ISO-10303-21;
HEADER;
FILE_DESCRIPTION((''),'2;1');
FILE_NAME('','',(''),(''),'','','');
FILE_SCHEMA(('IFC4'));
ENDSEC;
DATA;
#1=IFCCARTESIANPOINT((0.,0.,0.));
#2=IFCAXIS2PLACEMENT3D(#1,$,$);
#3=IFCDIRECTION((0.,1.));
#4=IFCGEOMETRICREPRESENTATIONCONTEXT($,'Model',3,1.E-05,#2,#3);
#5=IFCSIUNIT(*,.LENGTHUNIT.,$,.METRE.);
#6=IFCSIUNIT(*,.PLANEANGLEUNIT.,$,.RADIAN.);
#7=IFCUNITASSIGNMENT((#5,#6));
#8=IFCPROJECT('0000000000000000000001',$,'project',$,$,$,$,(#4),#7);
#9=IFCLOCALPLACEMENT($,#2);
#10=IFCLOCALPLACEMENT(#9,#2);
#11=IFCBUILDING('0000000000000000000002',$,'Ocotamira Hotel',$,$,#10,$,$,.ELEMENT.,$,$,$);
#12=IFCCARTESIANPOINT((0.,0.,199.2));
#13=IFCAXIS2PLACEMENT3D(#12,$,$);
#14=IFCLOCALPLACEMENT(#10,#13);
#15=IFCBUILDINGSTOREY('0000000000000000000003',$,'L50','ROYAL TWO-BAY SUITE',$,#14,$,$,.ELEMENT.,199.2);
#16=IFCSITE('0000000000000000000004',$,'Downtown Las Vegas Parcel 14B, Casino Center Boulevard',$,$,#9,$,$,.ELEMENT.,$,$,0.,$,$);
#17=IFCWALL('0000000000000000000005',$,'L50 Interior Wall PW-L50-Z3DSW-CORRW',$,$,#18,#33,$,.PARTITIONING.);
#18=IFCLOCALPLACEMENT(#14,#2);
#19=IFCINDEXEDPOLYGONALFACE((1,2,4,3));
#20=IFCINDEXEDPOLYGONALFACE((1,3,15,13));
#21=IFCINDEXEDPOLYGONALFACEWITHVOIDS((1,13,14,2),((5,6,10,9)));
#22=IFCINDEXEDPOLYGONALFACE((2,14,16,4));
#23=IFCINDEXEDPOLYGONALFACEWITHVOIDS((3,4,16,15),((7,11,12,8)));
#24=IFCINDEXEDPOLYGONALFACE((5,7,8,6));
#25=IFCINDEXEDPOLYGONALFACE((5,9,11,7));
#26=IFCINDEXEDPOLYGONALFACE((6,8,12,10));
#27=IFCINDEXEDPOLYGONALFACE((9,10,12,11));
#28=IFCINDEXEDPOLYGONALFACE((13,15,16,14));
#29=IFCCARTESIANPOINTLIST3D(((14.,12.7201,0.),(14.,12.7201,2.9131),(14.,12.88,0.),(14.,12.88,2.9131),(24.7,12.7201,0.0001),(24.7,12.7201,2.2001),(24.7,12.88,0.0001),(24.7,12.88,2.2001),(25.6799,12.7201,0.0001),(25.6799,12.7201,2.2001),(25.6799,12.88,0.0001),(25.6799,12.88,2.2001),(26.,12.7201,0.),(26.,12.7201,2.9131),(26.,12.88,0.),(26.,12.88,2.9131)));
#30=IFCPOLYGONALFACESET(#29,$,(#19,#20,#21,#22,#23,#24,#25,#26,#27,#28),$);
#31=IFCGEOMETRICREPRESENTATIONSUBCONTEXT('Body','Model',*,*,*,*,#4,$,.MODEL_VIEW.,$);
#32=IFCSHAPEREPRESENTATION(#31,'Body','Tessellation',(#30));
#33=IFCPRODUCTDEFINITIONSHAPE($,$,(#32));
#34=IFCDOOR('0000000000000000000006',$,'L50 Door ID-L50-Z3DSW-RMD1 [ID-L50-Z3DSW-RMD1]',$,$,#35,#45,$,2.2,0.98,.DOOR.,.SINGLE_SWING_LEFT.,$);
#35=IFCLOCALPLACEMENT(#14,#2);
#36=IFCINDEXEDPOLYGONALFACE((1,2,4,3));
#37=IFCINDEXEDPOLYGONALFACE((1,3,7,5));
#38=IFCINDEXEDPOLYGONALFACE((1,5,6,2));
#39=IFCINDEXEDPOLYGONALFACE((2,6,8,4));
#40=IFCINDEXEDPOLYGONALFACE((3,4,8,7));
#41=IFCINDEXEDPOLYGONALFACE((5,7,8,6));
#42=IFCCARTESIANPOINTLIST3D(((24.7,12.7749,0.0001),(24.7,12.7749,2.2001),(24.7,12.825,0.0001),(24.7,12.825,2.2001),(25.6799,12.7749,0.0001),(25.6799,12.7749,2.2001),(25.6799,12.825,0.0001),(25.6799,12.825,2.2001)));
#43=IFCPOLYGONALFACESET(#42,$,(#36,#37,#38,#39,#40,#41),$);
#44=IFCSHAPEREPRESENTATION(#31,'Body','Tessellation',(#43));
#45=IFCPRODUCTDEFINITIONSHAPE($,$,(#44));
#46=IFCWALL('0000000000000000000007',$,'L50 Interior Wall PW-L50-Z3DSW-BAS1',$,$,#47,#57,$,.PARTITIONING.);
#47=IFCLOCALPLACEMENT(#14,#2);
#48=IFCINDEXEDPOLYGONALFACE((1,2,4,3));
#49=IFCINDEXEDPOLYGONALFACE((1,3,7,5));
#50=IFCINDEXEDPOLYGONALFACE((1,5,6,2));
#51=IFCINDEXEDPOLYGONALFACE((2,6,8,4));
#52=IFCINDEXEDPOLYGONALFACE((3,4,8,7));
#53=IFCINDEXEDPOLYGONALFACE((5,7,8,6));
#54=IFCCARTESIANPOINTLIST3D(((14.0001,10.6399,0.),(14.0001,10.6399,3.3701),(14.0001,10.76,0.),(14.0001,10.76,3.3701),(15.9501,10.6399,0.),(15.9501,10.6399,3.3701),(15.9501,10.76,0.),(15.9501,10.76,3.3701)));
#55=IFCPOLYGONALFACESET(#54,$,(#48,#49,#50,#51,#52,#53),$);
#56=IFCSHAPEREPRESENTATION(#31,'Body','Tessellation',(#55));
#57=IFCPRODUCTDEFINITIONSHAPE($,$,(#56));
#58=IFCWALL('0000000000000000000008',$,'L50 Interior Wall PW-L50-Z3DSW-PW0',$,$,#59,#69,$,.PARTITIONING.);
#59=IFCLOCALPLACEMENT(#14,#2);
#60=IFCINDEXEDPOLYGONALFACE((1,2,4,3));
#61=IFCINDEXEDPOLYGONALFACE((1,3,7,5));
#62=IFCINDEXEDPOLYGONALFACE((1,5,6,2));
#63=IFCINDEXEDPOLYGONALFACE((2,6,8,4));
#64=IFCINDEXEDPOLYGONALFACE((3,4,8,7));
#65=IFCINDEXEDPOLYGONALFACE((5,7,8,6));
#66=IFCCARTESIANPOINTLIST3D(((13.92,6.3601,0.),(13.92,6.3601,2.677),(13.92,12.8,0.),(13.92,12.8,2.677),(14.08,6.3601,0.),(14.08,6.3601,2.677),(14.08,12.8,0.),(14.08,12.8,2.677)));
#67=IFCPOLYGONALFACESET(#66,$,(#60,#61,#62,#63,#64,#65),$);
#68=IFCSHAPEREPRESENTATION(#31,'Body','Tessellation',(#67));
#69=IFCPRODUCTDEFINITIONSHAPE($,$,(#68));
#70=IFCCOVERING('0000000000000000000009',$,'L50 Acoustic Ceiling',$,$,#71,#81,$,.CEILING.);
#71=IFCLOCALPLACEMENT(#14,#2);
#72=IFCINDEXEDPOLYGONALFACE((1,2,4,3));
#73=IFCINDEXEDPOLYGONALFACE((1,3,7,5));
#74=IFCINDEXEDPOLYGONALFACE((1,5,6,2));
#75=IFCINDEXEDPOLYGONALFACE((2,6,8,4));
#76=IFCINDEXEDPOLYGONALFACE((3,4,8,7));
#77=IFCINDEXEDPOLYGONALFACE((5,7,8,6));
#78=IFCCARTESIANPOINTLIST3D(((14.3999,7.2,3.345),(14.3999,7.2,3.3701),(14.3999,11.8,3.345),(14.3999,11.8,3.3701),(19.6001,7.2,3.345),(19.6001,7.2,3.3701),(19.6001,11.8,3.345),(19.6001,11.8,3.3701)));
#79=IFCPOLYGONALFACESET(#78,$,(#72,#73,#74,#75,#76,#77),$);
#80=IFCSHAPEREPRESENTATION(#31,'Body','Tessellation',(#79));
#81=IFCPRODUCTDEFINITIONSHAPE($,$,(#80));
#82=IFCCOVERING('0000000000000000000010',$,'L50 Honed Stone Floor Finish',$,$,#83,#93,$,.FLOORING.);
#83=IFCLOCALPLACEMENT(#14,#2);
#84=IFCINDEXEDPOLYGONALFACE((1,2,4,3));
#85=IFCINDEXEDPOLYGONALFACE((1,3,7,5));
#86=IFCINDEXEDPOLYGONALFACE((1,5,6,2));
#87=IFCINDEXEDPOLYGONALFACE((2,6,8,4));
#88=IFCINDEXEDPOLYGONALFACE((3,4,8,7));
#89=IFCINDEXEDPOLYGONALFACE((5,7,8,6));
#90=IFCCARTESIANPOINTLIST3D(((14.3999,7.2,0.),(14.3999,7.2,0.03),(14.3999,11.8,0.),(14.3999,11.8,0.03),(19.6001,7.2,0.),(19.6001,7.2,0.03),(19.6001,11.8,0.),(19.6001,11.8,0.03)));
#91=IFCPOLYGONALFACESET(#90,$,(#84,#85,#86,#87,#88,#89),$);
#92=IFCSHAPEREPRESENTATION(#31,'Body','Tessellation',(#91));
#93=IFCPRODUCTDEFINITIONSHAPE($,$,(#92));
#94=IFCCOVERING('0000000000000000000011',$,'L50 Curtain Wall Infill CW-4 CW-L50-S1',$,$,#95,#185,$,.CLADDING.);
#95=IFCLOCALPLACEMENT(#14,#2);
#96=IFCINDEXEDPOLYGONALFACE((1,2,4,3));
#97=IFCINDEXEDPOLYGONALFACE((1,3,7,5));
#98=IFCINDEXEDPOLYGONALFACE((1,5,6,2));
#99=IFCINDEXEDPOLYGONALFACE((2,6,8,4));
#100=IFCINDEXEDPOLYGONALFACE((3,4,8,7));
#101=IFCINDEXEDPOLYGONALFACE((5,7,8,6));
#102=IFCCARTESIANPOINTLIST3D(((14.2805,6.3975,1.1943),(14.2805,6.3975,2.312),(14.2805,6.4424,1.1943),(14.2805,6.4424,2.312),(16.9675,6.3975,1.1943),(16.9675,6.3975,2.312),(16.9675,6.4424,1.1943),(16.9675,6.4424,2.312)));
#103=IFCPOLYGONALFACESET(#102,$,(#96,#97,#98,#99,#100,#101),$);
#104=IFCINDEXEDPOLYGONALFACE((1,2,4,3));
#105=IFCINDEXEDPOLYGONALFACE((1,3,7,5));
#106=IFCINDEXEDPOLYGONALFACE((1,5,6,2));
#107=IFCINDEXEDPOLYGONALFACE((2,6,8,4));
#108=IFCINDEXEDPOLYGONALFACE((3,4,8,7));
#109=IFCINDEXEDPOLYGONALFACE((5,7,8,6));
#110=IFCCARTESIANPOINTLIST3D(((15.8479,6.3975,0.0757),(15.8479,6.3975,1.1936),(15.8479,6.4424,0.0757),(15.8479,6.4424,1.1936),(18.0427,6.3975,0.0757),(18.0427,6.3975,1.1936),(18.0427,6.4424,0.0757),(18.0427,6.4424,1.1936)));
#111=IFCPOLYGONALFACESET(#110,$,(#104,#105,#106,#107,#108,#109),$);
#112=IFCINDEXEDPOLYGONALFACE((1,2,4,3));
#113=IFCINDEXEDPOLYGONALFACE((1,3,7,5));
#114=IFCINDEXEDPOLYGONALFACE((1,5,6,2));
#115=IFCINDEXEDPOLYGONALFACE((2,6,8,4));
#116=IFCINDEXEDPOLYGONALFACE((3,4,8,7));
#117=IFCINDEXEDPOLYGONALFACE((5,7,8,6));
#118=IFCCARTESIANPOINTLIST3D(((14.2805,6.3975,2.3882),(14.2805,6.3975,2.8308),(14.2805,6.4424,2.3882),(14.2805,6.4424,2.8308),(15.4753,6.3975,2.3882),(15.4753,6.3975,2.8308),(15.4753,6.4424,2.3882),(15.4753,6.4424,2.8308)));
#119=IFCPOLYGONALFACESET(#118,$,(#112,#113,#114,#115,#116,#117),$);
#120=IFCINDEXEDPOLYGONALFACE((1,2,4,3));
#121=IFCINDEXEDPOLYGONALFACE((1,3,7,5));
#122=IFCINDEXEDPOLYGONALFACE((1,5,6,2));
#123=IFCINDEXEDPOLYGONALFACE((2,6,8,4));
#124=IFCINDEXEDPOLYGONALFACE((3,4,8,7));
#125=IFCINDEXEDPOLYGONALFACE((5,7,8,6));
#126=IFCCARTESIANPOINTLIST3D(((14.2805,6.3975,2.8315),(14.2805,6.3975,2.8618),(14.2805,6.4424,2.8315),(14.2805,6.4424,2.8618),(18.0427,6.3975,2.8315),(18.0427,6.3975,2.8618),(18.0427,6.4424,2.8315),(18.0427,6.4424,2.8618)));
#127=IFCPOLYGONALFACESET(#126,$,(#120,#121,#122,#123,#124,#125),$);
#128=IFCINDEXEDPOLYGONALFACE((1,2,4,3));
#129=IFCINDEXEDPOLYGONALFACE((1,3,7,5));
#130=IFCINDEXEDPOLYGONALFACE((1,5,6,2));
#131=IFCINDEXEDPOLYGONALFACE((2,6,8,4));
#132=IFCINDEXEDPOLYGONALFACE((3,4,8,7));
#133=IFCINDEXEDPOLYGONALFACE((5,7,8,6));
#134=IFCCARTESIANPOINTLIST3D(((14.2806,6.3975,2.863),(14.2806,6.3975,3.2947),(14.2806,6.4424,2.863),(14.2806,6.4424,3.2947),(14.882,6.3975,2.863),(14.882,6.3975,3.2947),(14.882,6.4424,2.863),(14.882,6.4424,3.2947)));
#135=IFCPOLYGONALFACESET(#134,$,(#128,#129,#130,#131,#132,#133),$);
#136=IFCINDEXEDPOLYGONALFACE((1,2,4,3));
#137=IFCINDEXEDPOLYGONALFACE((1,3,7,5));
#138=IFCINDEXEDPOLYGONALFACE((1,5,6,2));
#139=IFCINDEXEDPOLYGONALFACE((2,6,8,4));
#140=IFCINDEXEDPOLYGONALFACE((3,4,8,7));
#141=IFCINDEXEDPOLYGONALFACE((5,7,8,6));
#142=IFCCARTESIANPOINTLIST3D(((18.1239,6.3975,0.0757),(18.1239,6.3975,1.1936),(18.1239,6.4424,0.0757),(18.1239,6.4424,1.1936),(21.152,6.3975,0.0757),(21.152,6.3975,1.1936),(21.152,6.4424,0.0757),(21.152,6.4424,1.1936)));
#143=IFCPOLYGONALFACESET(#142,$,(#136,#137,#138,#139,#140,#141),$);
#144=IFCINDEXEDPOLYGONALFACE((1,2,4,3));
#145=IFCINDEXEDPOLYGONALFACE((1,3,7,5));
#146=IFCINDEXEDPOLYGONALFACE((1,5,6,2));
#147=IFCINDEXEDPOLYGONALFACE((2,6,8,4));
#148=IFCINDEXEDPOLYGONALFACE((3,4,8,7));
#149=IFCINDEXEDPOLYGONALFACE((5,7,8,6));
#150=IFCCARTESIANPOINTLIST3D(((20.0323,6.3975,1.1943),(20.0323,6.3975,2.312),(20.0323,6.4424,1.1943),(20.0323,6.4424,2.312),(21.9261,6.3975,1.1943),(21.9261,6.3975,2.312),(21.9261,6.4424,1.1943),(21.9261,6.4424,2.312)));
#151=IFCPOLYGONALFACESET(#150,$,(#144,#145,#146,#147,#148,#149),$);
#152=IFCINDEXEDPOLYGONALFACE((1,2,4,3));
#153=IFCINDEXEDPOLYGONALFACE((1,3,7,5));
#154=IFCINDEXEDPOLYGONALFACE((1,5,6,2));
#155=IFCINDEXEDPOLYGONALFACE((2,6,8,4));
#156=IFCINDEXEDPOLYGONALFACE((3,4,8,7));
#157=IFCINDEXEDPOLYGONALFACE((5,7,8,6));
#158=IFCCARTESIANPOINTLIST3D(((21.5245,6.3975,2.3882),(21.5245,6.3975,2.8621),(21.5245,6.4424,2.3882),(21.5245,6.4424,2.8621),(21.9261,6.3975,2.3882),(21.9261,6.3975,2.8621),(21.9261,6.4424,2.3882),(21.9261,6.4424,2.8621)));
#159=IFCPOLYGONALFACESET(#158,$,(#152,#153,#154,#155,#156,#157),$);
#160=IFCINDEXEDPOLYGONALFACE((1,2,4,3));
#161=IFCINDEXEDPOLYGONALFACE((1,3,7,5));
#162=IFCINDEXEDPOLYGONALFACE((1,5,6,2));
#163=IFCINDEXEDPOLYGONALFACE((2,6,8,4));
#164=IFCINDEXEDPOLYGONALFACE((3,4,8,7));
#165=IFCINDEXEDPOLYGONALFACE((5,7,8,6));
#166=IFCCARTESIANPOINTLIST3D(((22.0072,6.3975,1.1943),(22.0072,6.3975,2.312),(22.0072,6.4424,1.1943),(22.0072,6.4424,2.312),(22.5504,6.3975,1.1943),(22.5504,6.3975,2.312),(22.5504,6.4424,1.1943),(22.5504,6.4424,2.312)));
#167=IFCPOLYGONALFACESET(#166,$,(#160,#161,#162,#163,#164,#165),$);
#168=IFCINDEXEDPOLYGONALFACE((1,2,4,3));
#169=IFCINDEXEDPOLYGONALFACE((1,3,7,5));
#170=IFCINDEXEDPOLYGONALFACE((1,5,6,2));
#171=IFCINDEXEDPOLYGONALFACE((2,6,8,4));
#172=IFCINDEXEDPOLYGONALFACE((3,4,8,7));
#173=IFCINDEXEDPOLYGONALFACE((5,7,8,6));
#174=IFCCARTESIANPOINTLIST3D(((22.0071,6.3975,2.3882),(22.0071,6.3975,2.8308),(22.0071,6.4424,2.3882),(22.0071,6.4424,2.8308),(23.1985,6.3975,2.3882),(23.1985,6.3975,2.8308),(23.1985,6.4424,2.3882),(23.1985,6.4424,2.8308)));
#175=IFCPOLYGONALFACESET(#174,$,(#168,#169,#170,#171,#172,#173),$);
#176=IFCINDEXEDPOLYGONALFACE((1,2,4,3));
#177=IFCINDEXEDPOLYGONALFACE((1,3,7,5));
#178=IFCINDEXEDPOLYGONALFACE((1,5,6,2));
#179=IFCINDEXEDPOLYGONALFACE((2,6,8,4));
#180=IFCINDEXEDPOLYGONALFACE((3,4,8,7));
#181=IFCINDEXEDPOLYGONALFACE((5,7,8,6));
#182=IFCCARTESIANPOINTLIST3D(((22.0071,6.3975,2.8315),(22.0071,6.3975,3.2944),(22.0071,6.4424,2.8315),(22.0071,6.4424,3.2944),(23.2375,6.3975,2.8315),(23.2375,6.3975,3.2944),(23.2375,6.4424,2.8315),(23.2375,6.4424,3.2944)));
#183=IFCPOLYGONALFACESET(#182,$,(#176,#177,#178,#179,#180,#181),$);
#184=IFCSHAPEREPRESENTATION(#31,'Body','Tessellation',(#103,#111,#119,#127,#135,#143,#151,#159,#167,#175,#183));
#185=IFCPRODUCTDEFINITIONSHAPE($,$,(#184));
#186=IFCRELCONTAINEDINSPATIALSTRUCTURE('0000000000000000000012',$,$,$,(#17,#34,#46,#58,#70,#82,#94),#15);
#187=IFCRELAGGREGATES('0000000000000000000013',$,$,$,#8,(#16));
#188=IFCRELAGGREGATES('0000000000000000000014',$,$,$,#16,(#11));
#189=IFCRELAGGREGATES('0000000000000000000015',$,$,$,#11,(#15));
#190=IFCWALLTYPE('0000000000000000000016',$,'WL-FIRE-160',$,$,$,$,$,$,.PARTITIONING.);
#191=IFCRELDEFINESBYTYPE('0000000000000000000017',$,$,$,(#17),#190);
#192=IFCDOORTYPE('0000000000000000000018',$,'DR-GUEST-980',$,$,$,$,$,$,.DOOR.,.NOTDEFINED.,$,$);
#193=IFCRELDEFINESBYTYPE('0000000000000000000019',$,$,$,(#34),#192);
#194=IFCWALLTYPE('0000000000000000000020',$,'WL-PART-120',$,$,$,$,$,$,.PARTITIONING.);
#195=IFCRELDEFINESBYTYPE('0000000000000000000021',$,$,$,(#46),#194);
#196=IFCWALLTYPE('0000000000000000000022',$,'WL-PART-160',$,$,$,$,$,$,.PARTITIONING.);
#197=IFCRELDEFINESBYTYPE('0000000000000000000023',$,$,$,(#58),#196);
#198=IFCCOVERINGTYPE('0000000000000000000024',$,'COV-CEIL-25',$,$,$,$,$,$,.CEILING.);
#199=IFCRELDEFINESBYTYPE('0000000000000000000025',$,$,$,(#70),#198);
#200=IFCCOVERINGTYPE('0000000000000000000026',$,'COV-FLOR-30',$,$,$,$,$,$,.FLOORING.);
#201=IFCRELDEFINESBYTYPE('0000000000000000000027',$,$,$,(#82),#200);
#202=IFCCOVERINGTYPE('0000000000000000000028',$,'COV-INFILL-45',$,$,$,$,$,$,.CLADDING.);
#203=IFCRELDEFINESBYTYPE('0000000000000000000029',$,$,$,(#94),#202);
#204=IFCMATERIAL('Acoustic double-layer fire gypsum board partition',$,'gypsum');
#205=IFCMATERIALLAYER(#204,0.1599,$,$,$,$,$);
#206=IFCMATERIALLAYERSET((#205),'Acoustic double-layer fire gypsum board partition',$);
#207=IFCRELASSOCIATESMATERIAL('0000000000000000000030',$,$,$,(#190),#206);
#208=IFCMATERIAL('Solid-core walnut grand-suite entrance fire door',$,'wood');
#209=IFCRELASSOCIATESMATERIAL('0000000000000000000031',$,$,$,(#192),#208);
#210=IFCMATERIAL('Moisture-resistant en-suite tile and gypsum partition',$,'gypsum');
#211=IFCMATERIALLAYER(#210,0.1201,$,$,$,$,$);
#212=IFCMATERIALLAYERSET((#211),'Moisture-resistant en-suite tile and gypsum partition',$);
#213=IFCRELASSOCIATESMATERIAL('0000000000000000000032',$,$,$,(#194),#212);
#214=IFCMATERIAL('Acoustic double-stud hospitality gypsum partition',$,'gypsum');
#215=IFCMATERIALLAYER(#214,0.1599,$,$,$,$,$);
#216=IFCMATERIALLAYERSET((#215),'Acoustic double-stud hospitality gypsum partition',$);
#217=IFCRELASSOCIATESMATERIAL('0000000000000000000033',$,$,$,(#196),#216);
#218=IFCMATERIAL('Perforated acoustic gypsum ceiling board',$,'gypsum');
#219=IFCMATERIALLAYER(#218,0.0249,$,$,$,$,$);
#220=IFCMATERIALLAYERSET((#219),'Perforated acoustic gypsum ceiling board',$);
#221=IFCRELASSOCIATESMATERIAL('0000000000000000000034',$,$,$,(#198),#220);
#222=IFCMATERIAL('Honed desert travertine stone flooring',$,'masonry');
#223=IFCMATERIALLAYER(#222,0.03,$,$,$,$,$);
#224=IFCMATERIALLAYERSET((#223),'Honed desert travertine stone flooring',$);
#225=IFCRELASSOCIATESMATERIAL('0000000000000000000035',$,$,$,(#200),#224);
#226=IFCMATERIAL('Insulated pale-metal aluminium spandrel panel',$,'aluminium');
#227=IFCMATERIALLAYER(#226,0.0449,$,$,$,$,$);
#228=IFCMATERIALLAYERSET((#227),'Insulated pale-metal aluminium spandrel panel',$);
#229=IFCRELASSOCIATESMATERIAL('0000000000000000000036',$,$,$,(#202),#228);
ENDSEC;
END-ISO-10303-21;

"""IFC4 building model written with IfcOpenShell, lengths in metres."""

from ifc_helpers import new_model, si_unit, direction, frame, frame_2d, origin, origin_2d, place, context, subcontext, project, spatial, polyline, rectangle, outline, extrude, source, transform, mapped, material, layer, layer_set, type_object, element, fill, save


model = new_model("IFC4")

# Units and contexts
model_context = context("Model", 3, precision=1e-05, world=origin(), true_north=direction((0.0, 1.0)))
body_context = subcontext(model_context, "Body", "Model", "MODEL_VIEW")
ifc_project = project(units=[si_unit("LENGTHUNIT", "METRE"), si_unit("PLANEANGLEUNIT", "RADIAN")], contexts=[model_context])

# Site, building, storey
site_placement = place(None, origin())
site = spatial("IfcSite", under=ifc_project, at=site_placement, Name="Downtown Las Vegas Parcel 14B, Casino Center Boulevard", CompositionType="ELEMENT", RefElevation=0.0)
building_placement = place(site_placement, origin())
building = spatial("IfcBuilding", under=site, at=building_placement, Name="Ocotamira Hotel", CompositionType="ELEMENT")
storey_placement = place(building_placement, frame((0.0, 0.0, 199.2)))
storey = spatial("IfcBuildingStorey", under=building, at=storey_placement, Name="L50", Description="ROYAL TWO-BAY SUITE", CompositionType="ELEMENT", Elevation=199.2)

# Wall, opening, door
ifc_material_1 = material(Name="Acoustic double-layer fire gypsum board partition", Category="gypsum")
ifc_layer_1 = layer(ifc_material_1, 0.1599)
ifc_layer_set_1 = layer_set([ifc_layer_1], Name="Acoustic double-layer fire gypsum board partition")
wall_type_1 = type_object("IfcWallType", Name="WL-FIRE-160", PredefinedType="PARTITIONING", material=ifc_layer_set_1)
wall_1_placement = place(storey_placement, frame((14.0, 12.8, 0.0), z_axis=(0.0, 0.0, 1.0), x_axis=(1.0, 0.0, 0.0)))
wall_1 = element("IfcWall", 1, at=wall_1_placement, inside=storey, type_object=wall_type_1, Name="L50 Interior Wall PW-L50-Z3DSW-CORRW", PredefinedType="PARTITIONING", context=body_context, shape_type="SweptSolid", body=[
    extrude(rectangle(XDim=12.0, YDim=0.1599, at=frame_2d((6.0, 0.0))), origin(), (0.0, 0.0, 1.0), 2.9131),
])
opening_1_placement = place(wall_1_placement, frame((10.7, 0.0, 0.0)))
opening_1 = element("IfcOpeningElement", 2, at=opening_1_placement, cuts=wall_1, PredefinedType="OPENING", context=body_context, shape_type="SweptSolid", body=[
    extrude(rectangle(XDim=0.98, YDim=2.2, at=frame_2d((0.49, 1.1001))), frame((0.0, 0.0898, 0.0), z_axis=(0.0, -1.0, 0.0), x_axis=(1.0, 0.0, 0.0)), (0.0, 0.0, 1.0), 0.1799),
])
ifc_material_2 = material(Name="Solid-core walnut grand-suite entrance fire door", Category="wood")
door_type_1 = type_object("IfcDoorType", Name="DR-GUEST-980", OperationType="NOTDEFINED", PredefinedType="DOOR", material=ifc_material_2)
shared_shape_1 = source(origin(), body_context, "Body", "SweptSolid", [
    extrude(rectangle(XDim=0.98, YDim=2.2, at=frame_2d((0.49, 1.1001))), frame((0.0, 0.0249, 0.0), z_axis=(0.0, -1.0, 0.0), x_axis=(1.0, 0.0, 0.0)), (0.0, 0.0, 1.0), 0.05),
])
door_1_placement = place(opening_1_placement, origin())
door_1 = element("IfcDoor", 3, at=door_1_placement, inside=storey, type_object=door_type_1, Name="L50 Door ID-L50-Z3DSW-RMD1 [ID-L50-Z3DSW-RMD1]", OperationType="SINGLE_SWING_LEFT", OverallHeight=2.2, OverallWidth=0.98, PredefinedType="DOOR", context=body_context, shape_type="MappedRepresentation", body=[
    mapped(shared_shape_1, transform((0.0, 0.0, 0.0), scale=1.0)),
])
fill(opening_1, door_1)

# Walls
ifc_material_3 = material(Name="Moisture-resistant en-suite tile and gypsum partition", Category="gypsum")
ifc_layer_2 = layer(ifc_material_3, 0.1201)
ifc_layer_set_2 = layer_set([ifc_layer_2], Name="Moisture-resistant en-suite tile and gypsum partition")
wall_type_2 = type_object("IfcWallType", Name="WL-PART-120", PredefinedType="PARTITIONING", material=ifc_layer_set_2)
wall_2_placement = place(storey_placement, frame((14.0, 10.7, 0.0), z_axis=(0.0, 0.0, 1.0), x_axis=(1.0, 0.0, 0.0)))
element("IfcWall", 4, at=wall_2_placement, inside=storey, type_object=wall_type_2, Name="L50 Interior Wall PW-L50-Z3DSW-BAS1", PredefinedType="PARTITIONING", context=body_context, shape_type="SweptSolid", body=[
    extrude(rectangle(XDim=1.95, YDim=0.1201, at=frame_2d((0.9751, 0.0))), origin(), (0.0, 0.0, 1.0), 3.3701),
])
ifc_material_4 = material(Name="Acoustic double-stud hospitality gypsum partition", Category="gypsum")
ifc_layer_3 = layer(ifc_material_4, 0.1599)
ifc_layer_set_3 = layer_set([ifc_layer_3], Name="Acoustic double-stud hospitality gypsum partition")
wall_type_3 = type_object("IfcWallType", Name="WL-PART-160", PredefinedType="PARTITIONING", material=ifc_layer_set_3)
wall_3_placement = place(storey_placement, frame((14.0, 6.3601, 0.0), z_axis=(0.0, 0.0, 1.0), x_axis=(0.0, 1.0, 0.0)))
element("IfcWall", 5, at=wall_3_placement, inside=storey, type_object=wall_type_3, Name="L50 Interior Wall PW-L50-Z3DSW-PW0", PredefinedType="PARTITIONING", context=body_context, shape_type="SweptSolid", body=[
    extrude(rectangle(XDim=6.4399, YDim=0.1599, at=frame_2d((3.22, 0.0))), origin(), (0.0, 0.0, 1.0), 2.677),
])

# Coverings
ifc_material_5 = material(Name="Perforated acoustic gypsum ceiling board", Category="gypsum")
ifc_layer_4 = layer(ifc_material_5, 0.0249)
ifc_layer_set_4 = layer_set([ifc_layer_4], Name="Perforated acoustic gypsum ceiling board")
covering_type_1 = type_object("IfcCoveringType", Name="COV-CEIL-25", PredefinedType="CEILING", material=ifc_layer_set_4)
covering_1_placement = place(storey_placement, frame((0.0, 0.0, 3.345)))
element("IfcCovering", 6, at=covering_1_placement, inside=storey, type_object=covering_type_1, Name="L50 Acoustic Ceiling", PredefinedType="CEILING", context=body_context, shape_type="SweptSolid", body=[
    extrude(outline(polyline([(14.3999, 7.2), (19.6001, 7.2), (19.6001, 11.8), (14.3999, 11.8), (14.3999, 7.2)])), origin(), (0.0, 0.0, 1.0), 0.0251),
])
ifc_material_6 = material(Name="Honed desert travertine stone flooring", Category="masonry")
ifc_layer_5 = layer(ifc_material_6, 0.03)
ifc_layer_set_5 = layer_set([ifc_layer_5], Name="Honed desert travertine stone flooring")
covering_type_2 = type_object("IfcCoveringType", Name="COV-FLOR-30", PredefinedType="FLOORING", material=ifc_layer_set_5)
covering_2_placement = place(storey_placement, origin())
element("IfcCovering", 7, at=covering_2_placement, inside=storey, type_object=covering_type_2, Name="L50 Honed Stone Floor Finish", PredefinedType="FLOORING", context=body_context, shape_type="SweptSolid", body=[
    extrude(outline(polyline([(14.3999, 7.2), (19.6001, 7.2), (19.6001, 11.8), (14.3999, 11.8), (14.3999, 7.2)])), origin(), (0.0, 0.0, 1.0), 0.03),
])
ifc_material_7 = material(Name="Insulated pale-metal aluminium spandrel panel", Category="aluminium")
ifc_layer_6 = layer(ifc_material_7, 0.0449)
ifc_layer_set_6 = layer_set([ifc_layer_6], Name="Insulated pale-metal aluminium spandrel panel")
covering_type_3 = type_object("IfcCoveringType", Name="COV-INFILL-45", PredefinedType="CLADDING", material=ifc_layer_set_6)
covering_3_placement = place(storey_placement, origin())
element("IfcCovering", 8, at=covering_3_placement, inside=storey, type_object=covering_type_3, Name="L50 Curtain Wall Infill CW-4 CW-L50-S1", PredefinedType="CLADDING", context=body_context, shape_type="SweptSolid", body=[
    extrude(rectangle(XDim=2.687, YDim=0.0449, at=origin_2d()), frame((15.624, 6.4199, 1.1943), z_axis=(0.0, 0.0, 1.0), x_axis=(1.0, 0.0, 0.0)), (0.0, 0.0, 1.0), 1.1177),
    extrude(rectangle(XDim=2.1948, YDim=0.0449, at=origin_2d()), frame((16.9453, 6.4199, 0.0757), z_axis=(0.0, 0.0, 1.0), x_axis=(1.0, 0.0, 0.0)), (0.0, 0.0, 1.0), 1.1179),
    extrude(rectangle(XDim=1.1948, YDim=0.0449, at=origin_2d()), frame((14.8779, 6.4199, 2.3882), z_axis=(0.0, 0.0, 1.0), x_axis=(1.0, 0.0, 0.0)), (0.0, 0.0, 1.0), 0.4426),
    extrude(rectangle(XDim=3.7622, YDim=0.0449, at=origin_2d()), frame((16.1616, 6.4199, 2.8315), z_axis=(0.0, 0.0, 1.0), x_axis=(1.0, 0.0, 0.0)), (0.0, 0.0, 1.0), 0.0303),
    extrude(rectangle(XDim=0.6013, YDim=0.0449, at=origin_2d()), frame((14.5813, 6.4199, 2.863), z_axis=(0.0, 0.0, 1.0), x_axis=(1.0, 0.0, 0.0)), (0.0, 0.0, 1.0), 0.4316),
    extrude(rectangle(XDim=3.0281, YDim=0.0449, at=origin_2d()), frame((19.6379, 6.4199, 0.0757), z_axis=(0.0, 0.0, 1.0), x_axis=(1.0, 0.0, 0.0)), (0.0, 0.0, 1.0), 1.1179),
    extrude(rectangle(XDim=1.8938, YDim=0.0449, at=origin_2d()), frame((20.9792, 6.4199, 1.1943), z_axis=(0.0, 0.0, 1.0), x_axis=(1.0, 0.0, 0.0)), (0.0, 0.0, 1.0), 1.1177),
    extrude(rectangle(XDim=0.4016, YDim=0.0449, at=origin_2d()), frame((21.7253, 6.4199, 2.3882), z_axis=(0.0, 0.0, 1.0), x_axis=(1.0, 0.0, 0.0)), (0.0, 0.0, 1.0), 0.4739),
    extrude(rectangle(XDim=0.5432, YDim=0.0449, at=origin_2d()), frame((22.2788, 6.4199, 1.1943), z_axis=(0.0, 0.0, 1.0), x_axis=(1.0, 0.0, 0.0)), (0.0, 0.0, 1.0), 1.1177),
    extrude(rectangle(XDim=1.1914, YDim=0.0449, at=origin_2d()), frame((22.6028, 6.4199, 2.3882), z_axis=(0.0, 0.0, 1.0), x_axis=(1.0, 0.0, 0.0)), (0.0, 0.0, 1.0), 0.4426),
    extrude(rectangle(XDim=1.2305, YDim=0.0449, at=origin_2d()), frame((22.6223, 6.4199, 2.8315), z_axis=(0.0, 0.0, 1.0), x_axis=(1.0, 0.0, 0.0)), (0.0, 0.0, 1.0), 0.4629),
])

save(model, "model.ifc")
